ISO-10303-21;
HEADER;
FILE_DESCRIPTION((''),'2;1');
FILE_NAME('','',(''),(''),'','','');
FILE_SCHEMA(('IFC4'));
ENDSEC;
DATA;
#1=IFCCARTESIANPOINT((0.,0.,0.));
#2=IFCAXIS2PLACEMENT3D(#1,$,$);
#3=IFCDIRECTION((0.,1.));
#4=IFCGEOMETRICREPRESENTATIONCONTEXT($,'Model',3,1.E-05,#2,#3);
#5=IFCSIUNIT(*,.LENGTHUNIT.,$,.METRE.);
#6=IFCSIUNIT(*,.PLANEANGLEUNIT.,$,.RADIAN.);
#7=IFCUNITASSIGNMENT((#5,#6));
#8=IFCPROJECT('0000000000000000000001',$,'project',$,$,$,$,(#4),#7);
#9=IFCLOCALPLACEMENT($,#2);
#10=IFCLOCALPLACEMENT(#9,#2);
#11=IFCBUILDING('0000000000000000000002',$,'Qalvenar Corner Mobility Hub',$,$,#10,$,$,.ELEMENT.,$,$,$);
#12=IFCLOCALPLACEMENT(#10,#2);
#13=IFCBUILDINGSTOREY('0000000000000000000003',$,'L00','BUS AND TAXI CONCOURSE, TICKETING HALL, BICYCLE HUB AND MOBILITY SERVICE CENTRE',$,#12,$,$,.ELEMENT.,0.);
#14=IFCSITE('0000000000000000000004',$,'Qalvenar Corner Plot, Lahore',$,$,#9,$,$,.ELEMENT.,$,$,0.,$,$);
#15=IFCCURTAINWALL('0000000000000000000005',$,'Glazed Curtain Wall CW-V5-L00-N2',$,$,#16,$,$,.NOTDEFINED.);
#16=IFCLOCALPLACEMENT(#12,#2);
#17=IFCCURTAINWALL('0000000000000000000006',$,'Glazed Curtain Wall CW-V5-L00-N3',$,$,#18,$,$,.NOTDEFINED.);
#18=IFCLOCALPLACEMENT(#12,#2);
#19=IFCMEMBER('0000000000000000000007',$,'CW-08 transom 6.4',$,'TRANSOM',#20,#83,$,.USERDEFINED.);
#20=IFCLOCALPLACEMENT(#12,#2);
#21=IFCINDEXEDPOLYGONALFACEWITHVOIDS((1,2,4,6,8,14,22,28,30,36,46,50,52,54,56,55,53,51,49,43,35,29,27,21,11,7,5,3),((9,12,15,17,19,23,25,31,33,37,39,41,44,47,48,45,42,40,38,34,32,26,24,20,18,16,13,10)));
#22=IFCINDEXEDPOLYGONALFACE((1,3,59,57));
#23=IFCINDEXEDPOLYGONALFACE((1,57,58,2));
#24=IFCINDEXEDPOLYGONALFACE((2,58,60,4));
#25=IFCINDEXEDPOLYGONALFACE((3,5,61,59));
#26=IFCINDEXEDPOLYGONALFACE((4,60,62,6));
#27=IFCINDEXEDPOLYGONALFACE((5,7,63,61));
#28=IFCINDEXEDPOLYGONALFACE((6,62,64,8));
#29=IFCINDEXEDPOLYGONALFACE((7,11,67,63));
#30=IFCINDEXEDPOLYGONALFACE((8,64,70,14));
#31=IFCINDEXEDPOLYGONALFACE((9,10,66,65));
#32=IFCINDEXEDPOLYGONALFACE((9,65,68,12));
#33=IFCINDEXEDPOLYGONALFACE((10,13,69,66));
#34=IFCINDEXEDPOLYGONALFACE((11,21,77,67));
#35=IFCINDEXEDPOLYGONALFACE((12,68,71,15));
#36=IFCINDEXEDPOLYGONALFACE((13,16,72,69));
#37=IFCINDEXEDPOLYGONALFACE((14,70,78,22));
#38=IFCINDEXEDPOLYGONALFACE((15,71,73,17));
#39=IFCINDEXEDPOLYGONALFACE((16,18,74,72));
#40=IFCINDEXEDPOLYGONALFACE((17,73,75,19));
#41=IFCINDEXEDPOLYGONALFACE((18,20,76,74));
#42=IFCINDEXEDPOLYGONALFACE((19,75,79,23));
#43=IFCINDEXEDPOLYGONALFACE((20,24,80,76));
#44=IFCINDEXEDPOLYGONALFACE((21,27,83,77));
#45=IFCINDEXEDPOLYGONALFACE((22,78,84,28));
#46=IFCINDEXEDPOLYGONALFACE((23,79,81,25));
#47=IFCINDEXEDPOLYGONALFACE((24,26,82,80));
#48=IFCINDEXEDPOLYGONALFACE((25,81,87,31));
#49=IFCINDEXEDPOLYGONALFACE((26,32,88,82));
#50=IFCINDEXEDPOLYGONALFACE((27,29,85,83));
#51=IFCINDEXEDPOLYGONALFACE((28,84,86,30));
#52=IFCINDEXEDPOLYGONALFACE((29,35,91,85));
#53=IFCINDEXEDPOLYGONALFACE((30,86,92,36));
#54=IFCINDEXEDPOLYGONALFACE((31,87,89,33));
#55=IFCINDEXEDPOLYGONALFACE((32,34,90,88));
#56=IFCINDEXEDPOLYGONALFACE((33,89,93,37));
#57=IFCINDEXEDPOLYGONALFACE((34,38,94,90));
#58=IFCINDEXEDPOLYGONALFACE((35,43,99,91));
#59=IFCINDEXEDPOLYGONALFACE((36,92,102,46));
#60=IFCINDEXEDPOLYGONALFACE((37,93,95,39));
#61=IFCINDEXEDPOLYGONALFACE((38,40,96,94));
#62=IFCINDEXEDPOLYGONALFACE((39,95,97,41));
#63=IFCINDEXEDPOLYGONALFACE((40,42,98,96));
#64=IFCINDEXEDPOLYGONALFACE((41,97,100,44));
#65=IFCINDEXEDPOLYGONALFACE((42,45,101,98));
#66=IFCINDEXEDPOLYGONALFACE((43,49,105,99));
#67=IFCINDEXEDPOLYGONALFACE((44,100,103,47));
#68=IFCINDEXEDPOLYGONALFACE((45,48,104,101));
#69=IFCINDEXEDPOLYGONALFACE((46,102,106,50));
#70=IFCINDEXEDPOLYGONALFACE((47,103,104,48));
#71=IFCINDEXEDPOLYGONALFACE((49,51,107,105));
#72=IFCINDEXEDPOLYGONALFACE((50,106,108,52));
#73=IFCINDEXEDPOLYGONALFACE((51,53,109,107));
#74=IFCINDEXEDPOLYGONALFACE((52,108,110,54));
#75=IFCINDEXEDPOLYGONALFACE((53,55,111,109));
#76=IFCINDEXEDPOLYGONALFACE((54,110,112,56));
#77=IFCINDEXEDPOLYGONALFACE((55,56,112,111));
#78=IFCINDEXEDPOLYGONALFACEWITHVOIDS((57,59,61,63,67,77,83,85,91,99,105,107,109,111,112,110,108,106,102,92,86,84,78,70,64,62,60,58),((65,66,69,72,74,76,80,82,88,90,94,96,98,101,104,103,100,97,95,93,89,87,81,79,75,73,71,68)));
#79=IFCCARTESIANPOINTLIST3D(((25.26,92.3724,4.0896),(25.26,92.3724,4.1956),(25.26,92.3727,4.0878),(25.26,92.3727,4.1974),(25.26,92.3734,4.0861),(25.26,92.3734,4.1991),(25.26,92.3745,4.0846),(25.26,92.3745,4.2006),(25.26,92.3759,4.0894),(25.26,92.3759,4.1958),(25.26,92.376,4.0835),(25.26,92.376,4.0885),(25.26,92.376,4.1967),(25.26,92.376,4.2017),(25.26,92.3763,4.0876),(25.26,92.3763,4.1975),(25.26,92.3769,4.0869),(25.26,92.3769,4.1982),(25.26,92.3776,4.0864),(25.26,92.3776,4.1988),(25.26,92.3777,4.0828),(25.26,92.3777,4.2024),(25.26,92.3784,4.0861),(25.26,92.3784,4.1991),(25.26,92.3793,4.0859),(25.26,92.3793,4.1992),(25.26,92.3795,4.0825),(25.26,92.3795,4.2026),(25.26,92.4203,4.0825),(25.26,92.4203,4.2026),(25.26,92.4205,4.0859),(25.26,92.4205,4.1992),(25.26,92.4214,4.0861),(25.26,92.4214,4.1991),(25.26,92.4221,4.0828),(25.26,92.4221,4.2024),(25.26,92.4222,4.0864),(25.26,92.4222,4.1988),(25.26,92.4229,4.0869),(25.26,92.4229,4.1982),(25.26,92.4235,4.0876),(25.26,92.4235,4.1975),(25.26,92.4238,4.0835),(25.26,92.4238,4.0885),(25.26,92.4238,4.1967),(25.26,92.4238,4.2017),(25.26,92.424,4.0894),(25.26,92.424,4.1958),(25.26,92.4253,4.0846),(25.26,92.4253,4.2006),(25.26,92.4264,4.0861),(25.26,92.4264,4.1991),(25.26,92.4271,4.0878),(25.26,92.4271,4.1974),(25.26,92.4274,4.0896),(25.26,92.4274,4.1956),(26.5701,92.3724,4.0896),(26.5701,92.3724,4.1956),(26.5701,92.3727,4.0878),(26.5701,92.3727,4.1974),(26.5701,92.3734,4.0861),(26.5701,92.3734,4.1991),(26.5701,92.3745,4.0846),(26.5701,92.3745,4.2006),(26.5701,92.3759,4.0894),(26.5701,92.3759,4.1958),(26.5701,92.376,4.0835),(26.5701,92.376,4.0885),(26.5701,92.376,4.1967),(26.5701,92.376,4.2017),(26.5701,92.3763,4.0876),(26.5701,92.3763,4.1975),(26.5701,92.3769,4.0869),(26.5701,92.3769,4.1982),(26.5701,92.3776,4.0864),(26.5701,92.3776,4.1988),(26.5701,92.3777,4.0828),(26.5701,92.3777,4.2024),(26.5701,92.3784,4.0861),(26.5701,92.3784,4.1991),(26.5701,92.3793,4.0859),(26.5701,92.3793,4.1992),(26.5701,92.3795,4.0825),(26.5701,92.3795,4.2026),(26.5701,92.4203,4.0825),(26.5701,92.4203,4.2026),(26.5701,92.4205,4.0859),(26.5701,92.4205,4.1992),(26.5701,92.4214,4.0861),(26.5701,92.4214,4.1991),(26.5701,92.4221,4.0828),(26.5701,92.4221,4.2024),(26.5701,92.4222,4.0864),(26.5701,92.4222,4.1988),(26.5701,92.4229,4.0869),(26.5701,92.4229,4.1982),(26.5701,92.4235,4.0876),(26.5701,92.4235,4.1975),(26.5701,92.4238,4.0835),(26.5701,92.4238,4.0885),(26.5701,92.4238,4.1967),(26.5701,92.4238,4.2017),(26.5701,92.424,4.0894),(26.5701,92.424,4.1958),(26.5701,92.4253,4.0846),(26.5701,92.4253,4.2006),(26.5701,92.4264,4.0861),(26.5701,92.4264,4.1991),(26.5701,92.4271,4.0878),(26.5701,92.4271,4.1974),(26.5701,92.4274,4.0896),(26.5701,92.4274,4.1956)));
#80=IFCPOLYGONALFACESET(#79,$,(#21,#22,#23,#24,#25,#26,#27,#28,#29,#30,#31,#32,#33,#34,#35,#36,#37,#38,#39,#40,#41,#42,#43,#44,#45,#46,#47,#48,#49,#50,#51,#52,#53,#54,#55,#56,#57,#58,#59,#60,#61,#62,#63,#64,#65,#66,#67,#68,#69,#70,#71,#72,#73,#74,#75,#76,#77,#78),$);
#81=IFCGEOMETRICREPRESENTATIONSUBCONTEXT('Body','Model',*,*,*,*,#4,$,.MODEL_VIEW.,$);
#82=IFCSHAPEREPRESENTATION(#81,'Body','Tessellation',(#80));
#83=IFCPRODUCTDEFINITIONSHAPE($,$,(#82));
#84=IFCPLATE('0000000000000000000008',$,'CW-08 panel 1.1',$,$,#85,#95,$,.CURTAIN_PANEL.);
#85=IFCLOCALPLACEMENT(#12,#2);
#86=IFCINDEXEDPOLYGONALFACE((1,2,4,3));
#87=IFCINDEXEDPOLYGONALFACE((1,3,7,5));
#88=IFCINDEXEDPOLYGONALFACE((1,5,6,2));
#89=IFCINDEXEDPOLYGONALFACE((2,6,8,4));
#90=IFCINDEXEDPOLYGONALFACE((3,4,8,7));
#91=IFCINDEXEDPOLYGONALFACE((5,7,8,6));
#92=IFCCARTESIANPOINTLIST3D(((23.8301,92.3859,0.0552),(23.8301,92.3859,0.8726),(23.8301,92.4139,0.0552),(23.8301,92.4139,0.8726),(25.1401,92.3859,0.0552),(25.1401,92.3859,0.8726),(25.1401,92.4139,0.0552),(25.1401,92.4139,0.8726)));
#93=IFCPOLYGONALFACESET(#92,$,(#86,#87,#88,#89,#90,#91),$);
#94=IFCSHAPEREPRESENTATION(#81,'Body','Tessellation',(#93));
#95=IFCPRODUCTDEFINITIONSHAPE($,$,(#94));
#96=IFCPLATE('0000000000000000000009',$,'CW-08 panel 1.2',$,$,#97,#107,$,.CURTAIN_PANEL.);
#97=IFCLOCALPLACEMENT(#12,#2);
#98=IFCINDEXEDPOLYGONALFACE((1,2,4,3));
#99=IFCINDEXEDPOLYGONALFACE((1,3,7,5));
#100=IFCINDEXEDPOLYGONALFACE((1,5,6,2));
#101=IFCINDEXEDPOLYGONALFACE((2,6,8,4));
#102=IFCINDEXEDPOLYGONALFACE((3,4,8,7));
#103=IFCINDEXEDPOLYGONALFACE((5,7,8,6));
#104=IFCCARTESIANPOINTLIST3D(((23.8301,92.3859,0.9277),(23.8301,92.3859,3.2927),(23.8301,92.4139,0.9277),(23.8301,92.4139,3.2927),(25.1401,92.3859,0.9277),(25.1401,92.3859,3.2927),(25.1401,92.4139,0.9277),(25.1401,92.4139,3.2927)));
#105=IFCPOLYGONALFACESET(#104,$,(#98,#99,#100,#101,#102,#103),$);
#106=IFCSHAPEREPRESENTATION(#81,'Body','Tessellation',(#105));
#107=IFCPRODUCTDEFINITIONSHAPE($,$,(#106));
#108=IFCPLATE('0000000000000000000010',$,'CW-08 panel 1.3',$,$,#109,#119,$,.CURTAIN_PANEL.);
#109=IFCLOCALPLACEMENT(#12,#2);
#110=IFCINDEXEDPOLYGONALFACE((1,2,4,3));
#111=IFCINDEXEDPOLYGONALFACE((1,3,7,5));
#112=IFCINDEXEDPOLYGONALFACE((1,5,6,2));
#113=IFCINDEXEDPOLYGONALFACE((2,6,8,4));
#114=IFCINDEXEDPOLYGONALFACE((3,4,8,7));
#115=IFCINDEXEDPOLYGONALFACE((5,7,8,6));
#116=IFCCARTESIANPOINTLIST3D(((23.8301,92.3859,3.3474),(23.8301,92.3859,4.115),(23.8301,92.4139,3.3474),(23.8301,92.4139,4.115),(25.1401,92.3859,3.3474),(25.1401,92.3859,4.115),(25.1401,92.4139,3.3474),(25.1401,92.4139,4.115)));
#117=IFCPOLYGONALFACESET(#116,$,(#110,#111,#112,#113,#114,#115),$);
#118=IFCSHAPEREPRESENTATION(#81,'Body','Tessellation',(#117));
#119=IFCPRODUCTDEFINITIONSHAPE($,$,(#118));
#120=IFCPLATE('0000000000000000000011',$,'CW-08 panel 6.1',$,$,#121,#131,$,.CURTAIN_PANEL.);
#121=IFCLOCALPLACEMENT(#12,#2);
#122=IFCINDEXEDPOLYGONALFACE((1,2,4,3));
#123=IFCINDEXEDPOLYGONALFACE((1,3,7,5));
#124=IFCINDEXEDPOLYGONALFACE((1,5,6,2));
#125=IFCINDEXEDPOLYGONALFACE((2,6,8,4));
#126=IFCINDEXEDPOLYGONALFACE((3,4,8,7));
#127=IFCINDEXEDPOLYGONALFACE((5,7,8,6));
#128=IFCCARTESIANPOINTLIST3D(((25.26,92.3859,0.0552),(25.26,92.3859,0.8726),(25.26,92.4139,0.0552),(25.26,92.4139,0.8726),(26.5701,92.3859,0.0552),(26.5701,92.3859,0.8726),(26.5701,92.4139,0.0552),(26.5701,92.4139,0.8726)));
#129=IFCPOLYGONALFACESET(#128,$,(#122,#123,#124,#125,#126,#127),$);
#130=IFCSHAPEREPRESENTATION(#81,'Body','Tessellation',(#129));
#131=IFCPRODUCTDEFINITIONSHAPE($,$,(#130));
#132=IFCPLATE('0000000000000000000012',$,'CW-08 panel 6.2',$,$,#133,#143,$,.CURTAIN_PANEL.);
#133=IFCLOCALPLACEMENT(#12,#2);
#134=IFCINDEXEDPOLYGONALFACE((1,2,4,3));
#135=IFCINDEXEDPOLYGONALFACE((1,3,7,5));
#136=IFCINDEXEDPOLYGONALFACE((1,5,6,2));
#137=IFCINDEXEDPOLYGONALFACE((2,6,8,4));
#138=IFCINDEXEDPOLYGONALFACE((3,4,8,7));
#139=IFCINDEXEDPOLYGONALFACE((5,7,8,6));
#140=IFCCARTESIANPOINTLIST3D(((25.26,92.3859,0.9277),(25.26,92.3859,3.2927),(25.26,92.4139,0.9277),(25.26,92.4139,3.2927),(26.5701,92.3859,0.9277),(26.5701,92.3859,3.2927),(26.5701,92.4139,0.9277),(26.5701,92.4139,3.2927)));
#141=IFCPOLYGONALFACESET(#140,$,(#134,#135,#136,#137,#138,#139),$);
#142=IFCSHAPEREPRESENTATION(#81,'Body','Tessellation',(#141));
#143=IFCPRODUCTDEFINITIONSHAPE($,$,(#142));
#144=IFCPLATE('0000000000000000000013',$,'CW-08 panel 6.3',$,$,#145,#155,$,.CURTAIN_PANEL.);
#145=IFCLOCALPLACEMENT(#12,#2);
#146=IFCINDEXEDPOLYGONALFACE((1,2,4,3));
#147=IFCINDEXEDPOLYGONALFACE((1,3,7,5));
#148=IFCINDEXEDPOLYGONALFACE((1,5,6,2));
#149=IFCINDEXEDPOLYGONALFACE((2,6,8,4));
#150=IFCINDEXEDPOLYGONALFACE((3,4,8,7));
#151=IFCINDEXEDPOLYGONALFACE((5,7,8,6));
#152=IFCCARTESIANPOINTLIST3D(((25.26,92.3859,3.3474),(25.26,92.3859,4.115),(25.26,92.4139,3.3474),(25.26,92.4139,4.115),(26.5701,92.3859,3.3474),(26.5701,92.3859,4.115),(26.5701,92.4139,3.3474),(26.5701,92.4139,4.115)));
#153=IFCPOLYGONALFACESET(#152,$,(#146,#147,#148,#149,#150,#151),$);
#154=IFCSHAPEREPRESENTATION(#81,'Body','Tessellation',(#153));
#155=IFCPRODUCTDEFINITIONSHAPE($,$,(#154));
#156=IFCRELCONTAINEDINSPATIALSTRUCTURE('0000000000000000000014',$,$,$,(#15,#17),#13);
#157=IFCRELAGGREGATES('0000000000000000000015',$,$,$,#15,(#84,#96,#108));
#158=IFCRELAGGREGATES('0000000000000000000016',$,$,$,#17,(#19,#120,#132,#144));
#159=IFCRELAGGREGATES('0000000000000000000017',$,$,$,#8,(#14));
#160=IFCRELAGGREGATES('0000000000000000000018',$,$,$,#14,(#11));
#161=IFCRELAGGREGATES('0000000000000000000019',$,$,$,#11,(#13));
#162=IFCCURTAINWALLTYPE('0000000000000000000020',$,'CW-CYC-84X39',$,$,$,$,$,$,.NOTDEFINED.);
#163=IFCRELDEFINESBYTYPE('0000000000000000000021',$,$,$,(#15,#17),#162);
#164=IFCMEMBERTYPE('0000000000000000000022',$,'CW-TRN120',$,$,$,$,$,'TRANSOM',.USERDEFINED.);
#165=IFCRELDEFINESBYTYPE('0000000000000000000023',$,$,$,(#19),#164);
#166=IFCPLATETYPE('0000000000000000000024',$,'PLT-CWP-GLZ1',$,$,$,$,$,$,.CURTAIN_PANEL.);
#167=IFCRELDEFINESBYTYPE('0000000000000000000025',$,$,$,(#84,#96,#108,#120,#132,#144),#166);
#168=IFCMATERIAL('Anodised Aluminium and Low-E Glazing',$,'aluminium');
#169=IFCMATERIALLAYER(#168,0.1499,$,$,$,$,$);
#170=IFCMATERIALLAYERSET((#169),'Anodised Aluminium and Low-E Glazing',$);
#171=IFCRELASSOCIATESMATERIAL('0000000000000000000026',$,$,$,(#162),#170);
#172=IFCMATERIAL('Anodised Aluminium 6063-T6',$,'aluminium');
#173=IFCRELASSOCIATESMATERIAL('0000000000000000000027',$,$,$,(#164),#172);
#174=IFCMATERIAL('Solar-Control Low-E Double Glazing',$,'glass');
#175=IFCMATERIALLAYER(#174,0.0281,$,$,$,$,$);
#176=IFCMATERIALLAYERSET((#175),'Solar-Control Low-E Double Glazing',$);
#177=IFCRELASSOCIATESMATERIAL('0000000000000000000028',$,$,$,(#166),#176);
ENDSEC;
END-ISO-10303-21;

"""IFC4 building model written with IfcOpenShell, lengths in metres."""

from ifc_helpers import new_model, si_unit, direction, frame, origin, origin_2d, place, context, subcontext, project, spatial, rectangle, hollow_rectangle, extrude, material, layer, layer_set, material_profile, profile_set, type_object, element, aggregate, save


model = new_model("IFC4")

# Units and contexts
model_context = context("Model", 3, precision=1e-05, world=origin(), true_north=direction((0.0, 1.0)))
body_context = subcontext(model_context, "Body", "Model", "MODEL_VIEW")
ifc_project = project(units=[si_unit("LENGTHUNIT", "METRE"), si_unit("PLANEANGLEUNIT", "RADIAN")], contexts=[model_context])

# Site, building, storey
site_placement = place(None, origin())
site = spatial("IfcSite", under=ifc_project, at=site_placement, Name="Qalvenar Corner Plot, Lahore", CompositionType="ELEMENT", RefElevation=0.0)
building_placement = place(site_placement, origin())
building = spatial("IfcBuilding", under=site, at=building_placement, Name="Qalvenar Corner Mobility Hub", CompositionType="ELEMENT")
storey_placement = place(building_placement, origin())
storey = spatial("IfcBuildingStorey", under=building, at=storey_placement, Name="L00", Description="BUS AND TAXI CONCOURSE, TICKETING HALL, BICYCLE HUB AND MOBILITY SERVICE CENTRE", CompositionType="ELEMENT", Elevation=0.0)

# Curtain walls
ifc_material_1 = material(Name="Anodised Aluminium and Low-E Glazing", Category="aluminium")
ifc_layer_1 = layer(ifc_material_1, 0.1499)
ifc_layer_set_1 = layer_set([ifc_layer_1], Name="Anodised Aluminium and Low-E Glazing")
curtain_wall_type = type_object("IfcCurtainWallType", Name="CW-CYC-84X39", PredefinedType="NOTDEFINED", material=ifc_layer_set_1)
curtain_wall_1_placement = place(storey_placement, origin())
curtain_wall_1 = element("IfcCurtainWall", 1, at=curtain_wall_1_placement, inside=storey, type_object=curtain_wall_type, Name="Glazed Curtain Wall CW-V5-L00-N2", PredefinedType="NOTDEFINED")
ifc_material_2 = material(Name="Anodised Aluminium 6063-T6", Category="aluminium")
curtain_wall_2_placement = place(storey_placement, origin())
curtain_wall_2 = element("IfcCurtainWall", 2, at=curtain_wall_2_placement, inside=storey, type_object=curtain_wall_type, Name="Glazed Curtain Wall CW-V5-L00-N3", PredefinedType="NOTDEFINED")

# Member
ifc_material_profile_1 = material_profile(ifc_material_2, hollow_rectangle(XDim=0.0549, YDim=0.1201, WallThickness=0.0034, InnerFilletRadius=0.0034, OuterFilletRadius=0.0071, at=origin_2d()), Name="RHS120x55x3.5")
ifc_profile_set_1 = profile_set([ifc_material_profile_1], Name="Anodised Aluminium 6063-T6")
member_type_1 = type_object("IfcMemberType", Name="CW-TRN120", ElementType="TRANSOM", PredefinedType="USERDEFINED", material=ifc_profile_set_1)
member_1_placement = place(storey_placement, frame((26.5701, 92.3999, 4.1426), z_axis=(-1.0, 0.0, 0.0), x_axis=(0.0, -1.0, 0.0)))
member_1 = element("IfcMember", 3, at=member_1_placement, type_object=member_type_1, Name="CW-08 transom 6.4", ObjectType="TRANSOM", PredefinedType="USERDEFINED", context=body_context, shape_type="SweptSolid", body=[
    extrude(hollow_rectangle(XDim=0.0549, YDim=0.1201, WallThickness=0.0034, InnerFilletRadius=0.0034, OuterFilletRadius=0.0071, at=origin_2d()), origin(), (0.0, 0.0, 1.0), 1.3101),
])

# Plates
ifc_material_3 = material(Name="Solar-Control Low-E Double Glazing", Category="glass")
ifc_layer_2 = layer(ifc_material_3, 0.0281)
ifc_layer_set_2 = layer_set([ifc_layer_2], Name="Solar-Control Low-E Double Glazing")
plate_type = type_object("IfcPlateType", Name="PLT-CWP-GLZ1", PredefinedType="CURTAIN_PANEL", material=ifc_layer_set_2)
plate_1_placement = place(storey_placement, frame((24.4851, 92.3999, 0.0552), z_axis=(0.0, 0.0, 1.0), x_axis=(-1.0, 0.0, 0.0)))
plate_1 = element("IfcPlate", 4, at=plate_1_placement, type_object=plate_type, Name="CW-08 panel 1.1", PredefinedType="CURTAIN_PANEL", context=body_context, shape_type="SweptSolid", body=[
    extrude(rectangle(XDim=1.3101, YDim=0.0281, at=origin_2d()), origin(), (0.0, 0.0, 1.0), 0.8174),
])
plate_2_placement = place(storey_placement, frame((24.4851, 92.3999, 0.9277), z_axis=(0.0, 0.0, 1.0), x_axis=(-1.0, 0.0, 0.0)))
plate_2 = element("IfcPlate", 5, at=plate_2_placement, type_object=plate_type, Name="CW-08 panel 1.2", PredefinedType="CURTAIN_PANEL", context=body_context, shape_type="SweptSolid", body=[
    extrude(rectangle(XDim=1.3101, YDim=0.0281, at=origin_2d()), origin(), (0.0, 0.0, 1.0), 2.365),
])
plate_3_placement = place(storey_placement, frame((24.4851, 92.3999, 3.3474), z_axis=(0.0, 0.0, 1.0), x_axis=(-1.0, 0.0, 0.0)))
plate_3 = element("IfcPlate", 6, at=plate_3_placement, type_object=plate_type, Name="CW-08 panel 1.3", PredefinedType="CURTAIN_PANEL", context=body_context, shape_type="SweptSolid", body=[
    extrude(rectangle(XDim=1.3101, YDim=0.0281, at=origin_2d()), origin(), (0.0, 0.0, 1.0), 0.7676),
])
aggregate(curtain_wall_1, [plate_1, plate_2, plate_3])
plate_4_placement = place(storey_placement, frame((25.915, 92.3999, 0.0552), z_axis=(0.0, 0.0, 1.0), x_axis=(-1.0, 0.0, 0.0)))
plate_4 = element("IfcPlate", 7, at=plate_4_placement, type_object=plate_type, Name="CW-08 panel 6.1", PredefinedType="CURTAIN_PANEL", context=body_context, shape_type="SweptSolid", body=[
    extrude(rectangle(XDim=1.3101, YDim=0.0281, at=origin_2d()), origin(), (0.0, 0.0, 1.0), 0.8174),
])
plate_5_placement = place(storey_placement, frame((25.915, 92.3999, 0.9277), z_axis=(0.0, 0.0, 1.0), x_axis=(-1.0, 0.0, 0.0)))
plate_5 = element("IfcPlate", 8, at=plate_5_placement, type_object=plate_type, Name="CW-08 panel 6.2", PredefinedType="CURTAIN_PANEL", context=body_context, shape_type="SweptSolid", body=[
    extrude(rectangle(XDim=1.3101, YDim=0.0281, at=origin_2d()), origin(), (0.0, 0.0, 1.0), 2.365),
])
plate_6_placement = place(storey_placement, frame((25.915, 92.3999, 3.3474), z_axis=(0.0, 0.0, 1.0), x_axis=(-1.0, 0.0, 0.0)))
plate_6 = element("IfcPlate", 9, at=plate_6_placement, type_object=plate_type, Name="CW-08 panel 6.3", PredefinedType="CURTAIN_PANEL", context=body_context, shape_type="SweptSolid", body=[
    extrude(rectangle(XDim=1.3101, YDim=0.0281, at=origin_2d()), origin(), (0.0, 0.0, 1.0), 0.7676),
])
aggregate(curtain_wall_2, [member_1, plate_4, plate_5, plate_6])

save(model, "model.ifc")
